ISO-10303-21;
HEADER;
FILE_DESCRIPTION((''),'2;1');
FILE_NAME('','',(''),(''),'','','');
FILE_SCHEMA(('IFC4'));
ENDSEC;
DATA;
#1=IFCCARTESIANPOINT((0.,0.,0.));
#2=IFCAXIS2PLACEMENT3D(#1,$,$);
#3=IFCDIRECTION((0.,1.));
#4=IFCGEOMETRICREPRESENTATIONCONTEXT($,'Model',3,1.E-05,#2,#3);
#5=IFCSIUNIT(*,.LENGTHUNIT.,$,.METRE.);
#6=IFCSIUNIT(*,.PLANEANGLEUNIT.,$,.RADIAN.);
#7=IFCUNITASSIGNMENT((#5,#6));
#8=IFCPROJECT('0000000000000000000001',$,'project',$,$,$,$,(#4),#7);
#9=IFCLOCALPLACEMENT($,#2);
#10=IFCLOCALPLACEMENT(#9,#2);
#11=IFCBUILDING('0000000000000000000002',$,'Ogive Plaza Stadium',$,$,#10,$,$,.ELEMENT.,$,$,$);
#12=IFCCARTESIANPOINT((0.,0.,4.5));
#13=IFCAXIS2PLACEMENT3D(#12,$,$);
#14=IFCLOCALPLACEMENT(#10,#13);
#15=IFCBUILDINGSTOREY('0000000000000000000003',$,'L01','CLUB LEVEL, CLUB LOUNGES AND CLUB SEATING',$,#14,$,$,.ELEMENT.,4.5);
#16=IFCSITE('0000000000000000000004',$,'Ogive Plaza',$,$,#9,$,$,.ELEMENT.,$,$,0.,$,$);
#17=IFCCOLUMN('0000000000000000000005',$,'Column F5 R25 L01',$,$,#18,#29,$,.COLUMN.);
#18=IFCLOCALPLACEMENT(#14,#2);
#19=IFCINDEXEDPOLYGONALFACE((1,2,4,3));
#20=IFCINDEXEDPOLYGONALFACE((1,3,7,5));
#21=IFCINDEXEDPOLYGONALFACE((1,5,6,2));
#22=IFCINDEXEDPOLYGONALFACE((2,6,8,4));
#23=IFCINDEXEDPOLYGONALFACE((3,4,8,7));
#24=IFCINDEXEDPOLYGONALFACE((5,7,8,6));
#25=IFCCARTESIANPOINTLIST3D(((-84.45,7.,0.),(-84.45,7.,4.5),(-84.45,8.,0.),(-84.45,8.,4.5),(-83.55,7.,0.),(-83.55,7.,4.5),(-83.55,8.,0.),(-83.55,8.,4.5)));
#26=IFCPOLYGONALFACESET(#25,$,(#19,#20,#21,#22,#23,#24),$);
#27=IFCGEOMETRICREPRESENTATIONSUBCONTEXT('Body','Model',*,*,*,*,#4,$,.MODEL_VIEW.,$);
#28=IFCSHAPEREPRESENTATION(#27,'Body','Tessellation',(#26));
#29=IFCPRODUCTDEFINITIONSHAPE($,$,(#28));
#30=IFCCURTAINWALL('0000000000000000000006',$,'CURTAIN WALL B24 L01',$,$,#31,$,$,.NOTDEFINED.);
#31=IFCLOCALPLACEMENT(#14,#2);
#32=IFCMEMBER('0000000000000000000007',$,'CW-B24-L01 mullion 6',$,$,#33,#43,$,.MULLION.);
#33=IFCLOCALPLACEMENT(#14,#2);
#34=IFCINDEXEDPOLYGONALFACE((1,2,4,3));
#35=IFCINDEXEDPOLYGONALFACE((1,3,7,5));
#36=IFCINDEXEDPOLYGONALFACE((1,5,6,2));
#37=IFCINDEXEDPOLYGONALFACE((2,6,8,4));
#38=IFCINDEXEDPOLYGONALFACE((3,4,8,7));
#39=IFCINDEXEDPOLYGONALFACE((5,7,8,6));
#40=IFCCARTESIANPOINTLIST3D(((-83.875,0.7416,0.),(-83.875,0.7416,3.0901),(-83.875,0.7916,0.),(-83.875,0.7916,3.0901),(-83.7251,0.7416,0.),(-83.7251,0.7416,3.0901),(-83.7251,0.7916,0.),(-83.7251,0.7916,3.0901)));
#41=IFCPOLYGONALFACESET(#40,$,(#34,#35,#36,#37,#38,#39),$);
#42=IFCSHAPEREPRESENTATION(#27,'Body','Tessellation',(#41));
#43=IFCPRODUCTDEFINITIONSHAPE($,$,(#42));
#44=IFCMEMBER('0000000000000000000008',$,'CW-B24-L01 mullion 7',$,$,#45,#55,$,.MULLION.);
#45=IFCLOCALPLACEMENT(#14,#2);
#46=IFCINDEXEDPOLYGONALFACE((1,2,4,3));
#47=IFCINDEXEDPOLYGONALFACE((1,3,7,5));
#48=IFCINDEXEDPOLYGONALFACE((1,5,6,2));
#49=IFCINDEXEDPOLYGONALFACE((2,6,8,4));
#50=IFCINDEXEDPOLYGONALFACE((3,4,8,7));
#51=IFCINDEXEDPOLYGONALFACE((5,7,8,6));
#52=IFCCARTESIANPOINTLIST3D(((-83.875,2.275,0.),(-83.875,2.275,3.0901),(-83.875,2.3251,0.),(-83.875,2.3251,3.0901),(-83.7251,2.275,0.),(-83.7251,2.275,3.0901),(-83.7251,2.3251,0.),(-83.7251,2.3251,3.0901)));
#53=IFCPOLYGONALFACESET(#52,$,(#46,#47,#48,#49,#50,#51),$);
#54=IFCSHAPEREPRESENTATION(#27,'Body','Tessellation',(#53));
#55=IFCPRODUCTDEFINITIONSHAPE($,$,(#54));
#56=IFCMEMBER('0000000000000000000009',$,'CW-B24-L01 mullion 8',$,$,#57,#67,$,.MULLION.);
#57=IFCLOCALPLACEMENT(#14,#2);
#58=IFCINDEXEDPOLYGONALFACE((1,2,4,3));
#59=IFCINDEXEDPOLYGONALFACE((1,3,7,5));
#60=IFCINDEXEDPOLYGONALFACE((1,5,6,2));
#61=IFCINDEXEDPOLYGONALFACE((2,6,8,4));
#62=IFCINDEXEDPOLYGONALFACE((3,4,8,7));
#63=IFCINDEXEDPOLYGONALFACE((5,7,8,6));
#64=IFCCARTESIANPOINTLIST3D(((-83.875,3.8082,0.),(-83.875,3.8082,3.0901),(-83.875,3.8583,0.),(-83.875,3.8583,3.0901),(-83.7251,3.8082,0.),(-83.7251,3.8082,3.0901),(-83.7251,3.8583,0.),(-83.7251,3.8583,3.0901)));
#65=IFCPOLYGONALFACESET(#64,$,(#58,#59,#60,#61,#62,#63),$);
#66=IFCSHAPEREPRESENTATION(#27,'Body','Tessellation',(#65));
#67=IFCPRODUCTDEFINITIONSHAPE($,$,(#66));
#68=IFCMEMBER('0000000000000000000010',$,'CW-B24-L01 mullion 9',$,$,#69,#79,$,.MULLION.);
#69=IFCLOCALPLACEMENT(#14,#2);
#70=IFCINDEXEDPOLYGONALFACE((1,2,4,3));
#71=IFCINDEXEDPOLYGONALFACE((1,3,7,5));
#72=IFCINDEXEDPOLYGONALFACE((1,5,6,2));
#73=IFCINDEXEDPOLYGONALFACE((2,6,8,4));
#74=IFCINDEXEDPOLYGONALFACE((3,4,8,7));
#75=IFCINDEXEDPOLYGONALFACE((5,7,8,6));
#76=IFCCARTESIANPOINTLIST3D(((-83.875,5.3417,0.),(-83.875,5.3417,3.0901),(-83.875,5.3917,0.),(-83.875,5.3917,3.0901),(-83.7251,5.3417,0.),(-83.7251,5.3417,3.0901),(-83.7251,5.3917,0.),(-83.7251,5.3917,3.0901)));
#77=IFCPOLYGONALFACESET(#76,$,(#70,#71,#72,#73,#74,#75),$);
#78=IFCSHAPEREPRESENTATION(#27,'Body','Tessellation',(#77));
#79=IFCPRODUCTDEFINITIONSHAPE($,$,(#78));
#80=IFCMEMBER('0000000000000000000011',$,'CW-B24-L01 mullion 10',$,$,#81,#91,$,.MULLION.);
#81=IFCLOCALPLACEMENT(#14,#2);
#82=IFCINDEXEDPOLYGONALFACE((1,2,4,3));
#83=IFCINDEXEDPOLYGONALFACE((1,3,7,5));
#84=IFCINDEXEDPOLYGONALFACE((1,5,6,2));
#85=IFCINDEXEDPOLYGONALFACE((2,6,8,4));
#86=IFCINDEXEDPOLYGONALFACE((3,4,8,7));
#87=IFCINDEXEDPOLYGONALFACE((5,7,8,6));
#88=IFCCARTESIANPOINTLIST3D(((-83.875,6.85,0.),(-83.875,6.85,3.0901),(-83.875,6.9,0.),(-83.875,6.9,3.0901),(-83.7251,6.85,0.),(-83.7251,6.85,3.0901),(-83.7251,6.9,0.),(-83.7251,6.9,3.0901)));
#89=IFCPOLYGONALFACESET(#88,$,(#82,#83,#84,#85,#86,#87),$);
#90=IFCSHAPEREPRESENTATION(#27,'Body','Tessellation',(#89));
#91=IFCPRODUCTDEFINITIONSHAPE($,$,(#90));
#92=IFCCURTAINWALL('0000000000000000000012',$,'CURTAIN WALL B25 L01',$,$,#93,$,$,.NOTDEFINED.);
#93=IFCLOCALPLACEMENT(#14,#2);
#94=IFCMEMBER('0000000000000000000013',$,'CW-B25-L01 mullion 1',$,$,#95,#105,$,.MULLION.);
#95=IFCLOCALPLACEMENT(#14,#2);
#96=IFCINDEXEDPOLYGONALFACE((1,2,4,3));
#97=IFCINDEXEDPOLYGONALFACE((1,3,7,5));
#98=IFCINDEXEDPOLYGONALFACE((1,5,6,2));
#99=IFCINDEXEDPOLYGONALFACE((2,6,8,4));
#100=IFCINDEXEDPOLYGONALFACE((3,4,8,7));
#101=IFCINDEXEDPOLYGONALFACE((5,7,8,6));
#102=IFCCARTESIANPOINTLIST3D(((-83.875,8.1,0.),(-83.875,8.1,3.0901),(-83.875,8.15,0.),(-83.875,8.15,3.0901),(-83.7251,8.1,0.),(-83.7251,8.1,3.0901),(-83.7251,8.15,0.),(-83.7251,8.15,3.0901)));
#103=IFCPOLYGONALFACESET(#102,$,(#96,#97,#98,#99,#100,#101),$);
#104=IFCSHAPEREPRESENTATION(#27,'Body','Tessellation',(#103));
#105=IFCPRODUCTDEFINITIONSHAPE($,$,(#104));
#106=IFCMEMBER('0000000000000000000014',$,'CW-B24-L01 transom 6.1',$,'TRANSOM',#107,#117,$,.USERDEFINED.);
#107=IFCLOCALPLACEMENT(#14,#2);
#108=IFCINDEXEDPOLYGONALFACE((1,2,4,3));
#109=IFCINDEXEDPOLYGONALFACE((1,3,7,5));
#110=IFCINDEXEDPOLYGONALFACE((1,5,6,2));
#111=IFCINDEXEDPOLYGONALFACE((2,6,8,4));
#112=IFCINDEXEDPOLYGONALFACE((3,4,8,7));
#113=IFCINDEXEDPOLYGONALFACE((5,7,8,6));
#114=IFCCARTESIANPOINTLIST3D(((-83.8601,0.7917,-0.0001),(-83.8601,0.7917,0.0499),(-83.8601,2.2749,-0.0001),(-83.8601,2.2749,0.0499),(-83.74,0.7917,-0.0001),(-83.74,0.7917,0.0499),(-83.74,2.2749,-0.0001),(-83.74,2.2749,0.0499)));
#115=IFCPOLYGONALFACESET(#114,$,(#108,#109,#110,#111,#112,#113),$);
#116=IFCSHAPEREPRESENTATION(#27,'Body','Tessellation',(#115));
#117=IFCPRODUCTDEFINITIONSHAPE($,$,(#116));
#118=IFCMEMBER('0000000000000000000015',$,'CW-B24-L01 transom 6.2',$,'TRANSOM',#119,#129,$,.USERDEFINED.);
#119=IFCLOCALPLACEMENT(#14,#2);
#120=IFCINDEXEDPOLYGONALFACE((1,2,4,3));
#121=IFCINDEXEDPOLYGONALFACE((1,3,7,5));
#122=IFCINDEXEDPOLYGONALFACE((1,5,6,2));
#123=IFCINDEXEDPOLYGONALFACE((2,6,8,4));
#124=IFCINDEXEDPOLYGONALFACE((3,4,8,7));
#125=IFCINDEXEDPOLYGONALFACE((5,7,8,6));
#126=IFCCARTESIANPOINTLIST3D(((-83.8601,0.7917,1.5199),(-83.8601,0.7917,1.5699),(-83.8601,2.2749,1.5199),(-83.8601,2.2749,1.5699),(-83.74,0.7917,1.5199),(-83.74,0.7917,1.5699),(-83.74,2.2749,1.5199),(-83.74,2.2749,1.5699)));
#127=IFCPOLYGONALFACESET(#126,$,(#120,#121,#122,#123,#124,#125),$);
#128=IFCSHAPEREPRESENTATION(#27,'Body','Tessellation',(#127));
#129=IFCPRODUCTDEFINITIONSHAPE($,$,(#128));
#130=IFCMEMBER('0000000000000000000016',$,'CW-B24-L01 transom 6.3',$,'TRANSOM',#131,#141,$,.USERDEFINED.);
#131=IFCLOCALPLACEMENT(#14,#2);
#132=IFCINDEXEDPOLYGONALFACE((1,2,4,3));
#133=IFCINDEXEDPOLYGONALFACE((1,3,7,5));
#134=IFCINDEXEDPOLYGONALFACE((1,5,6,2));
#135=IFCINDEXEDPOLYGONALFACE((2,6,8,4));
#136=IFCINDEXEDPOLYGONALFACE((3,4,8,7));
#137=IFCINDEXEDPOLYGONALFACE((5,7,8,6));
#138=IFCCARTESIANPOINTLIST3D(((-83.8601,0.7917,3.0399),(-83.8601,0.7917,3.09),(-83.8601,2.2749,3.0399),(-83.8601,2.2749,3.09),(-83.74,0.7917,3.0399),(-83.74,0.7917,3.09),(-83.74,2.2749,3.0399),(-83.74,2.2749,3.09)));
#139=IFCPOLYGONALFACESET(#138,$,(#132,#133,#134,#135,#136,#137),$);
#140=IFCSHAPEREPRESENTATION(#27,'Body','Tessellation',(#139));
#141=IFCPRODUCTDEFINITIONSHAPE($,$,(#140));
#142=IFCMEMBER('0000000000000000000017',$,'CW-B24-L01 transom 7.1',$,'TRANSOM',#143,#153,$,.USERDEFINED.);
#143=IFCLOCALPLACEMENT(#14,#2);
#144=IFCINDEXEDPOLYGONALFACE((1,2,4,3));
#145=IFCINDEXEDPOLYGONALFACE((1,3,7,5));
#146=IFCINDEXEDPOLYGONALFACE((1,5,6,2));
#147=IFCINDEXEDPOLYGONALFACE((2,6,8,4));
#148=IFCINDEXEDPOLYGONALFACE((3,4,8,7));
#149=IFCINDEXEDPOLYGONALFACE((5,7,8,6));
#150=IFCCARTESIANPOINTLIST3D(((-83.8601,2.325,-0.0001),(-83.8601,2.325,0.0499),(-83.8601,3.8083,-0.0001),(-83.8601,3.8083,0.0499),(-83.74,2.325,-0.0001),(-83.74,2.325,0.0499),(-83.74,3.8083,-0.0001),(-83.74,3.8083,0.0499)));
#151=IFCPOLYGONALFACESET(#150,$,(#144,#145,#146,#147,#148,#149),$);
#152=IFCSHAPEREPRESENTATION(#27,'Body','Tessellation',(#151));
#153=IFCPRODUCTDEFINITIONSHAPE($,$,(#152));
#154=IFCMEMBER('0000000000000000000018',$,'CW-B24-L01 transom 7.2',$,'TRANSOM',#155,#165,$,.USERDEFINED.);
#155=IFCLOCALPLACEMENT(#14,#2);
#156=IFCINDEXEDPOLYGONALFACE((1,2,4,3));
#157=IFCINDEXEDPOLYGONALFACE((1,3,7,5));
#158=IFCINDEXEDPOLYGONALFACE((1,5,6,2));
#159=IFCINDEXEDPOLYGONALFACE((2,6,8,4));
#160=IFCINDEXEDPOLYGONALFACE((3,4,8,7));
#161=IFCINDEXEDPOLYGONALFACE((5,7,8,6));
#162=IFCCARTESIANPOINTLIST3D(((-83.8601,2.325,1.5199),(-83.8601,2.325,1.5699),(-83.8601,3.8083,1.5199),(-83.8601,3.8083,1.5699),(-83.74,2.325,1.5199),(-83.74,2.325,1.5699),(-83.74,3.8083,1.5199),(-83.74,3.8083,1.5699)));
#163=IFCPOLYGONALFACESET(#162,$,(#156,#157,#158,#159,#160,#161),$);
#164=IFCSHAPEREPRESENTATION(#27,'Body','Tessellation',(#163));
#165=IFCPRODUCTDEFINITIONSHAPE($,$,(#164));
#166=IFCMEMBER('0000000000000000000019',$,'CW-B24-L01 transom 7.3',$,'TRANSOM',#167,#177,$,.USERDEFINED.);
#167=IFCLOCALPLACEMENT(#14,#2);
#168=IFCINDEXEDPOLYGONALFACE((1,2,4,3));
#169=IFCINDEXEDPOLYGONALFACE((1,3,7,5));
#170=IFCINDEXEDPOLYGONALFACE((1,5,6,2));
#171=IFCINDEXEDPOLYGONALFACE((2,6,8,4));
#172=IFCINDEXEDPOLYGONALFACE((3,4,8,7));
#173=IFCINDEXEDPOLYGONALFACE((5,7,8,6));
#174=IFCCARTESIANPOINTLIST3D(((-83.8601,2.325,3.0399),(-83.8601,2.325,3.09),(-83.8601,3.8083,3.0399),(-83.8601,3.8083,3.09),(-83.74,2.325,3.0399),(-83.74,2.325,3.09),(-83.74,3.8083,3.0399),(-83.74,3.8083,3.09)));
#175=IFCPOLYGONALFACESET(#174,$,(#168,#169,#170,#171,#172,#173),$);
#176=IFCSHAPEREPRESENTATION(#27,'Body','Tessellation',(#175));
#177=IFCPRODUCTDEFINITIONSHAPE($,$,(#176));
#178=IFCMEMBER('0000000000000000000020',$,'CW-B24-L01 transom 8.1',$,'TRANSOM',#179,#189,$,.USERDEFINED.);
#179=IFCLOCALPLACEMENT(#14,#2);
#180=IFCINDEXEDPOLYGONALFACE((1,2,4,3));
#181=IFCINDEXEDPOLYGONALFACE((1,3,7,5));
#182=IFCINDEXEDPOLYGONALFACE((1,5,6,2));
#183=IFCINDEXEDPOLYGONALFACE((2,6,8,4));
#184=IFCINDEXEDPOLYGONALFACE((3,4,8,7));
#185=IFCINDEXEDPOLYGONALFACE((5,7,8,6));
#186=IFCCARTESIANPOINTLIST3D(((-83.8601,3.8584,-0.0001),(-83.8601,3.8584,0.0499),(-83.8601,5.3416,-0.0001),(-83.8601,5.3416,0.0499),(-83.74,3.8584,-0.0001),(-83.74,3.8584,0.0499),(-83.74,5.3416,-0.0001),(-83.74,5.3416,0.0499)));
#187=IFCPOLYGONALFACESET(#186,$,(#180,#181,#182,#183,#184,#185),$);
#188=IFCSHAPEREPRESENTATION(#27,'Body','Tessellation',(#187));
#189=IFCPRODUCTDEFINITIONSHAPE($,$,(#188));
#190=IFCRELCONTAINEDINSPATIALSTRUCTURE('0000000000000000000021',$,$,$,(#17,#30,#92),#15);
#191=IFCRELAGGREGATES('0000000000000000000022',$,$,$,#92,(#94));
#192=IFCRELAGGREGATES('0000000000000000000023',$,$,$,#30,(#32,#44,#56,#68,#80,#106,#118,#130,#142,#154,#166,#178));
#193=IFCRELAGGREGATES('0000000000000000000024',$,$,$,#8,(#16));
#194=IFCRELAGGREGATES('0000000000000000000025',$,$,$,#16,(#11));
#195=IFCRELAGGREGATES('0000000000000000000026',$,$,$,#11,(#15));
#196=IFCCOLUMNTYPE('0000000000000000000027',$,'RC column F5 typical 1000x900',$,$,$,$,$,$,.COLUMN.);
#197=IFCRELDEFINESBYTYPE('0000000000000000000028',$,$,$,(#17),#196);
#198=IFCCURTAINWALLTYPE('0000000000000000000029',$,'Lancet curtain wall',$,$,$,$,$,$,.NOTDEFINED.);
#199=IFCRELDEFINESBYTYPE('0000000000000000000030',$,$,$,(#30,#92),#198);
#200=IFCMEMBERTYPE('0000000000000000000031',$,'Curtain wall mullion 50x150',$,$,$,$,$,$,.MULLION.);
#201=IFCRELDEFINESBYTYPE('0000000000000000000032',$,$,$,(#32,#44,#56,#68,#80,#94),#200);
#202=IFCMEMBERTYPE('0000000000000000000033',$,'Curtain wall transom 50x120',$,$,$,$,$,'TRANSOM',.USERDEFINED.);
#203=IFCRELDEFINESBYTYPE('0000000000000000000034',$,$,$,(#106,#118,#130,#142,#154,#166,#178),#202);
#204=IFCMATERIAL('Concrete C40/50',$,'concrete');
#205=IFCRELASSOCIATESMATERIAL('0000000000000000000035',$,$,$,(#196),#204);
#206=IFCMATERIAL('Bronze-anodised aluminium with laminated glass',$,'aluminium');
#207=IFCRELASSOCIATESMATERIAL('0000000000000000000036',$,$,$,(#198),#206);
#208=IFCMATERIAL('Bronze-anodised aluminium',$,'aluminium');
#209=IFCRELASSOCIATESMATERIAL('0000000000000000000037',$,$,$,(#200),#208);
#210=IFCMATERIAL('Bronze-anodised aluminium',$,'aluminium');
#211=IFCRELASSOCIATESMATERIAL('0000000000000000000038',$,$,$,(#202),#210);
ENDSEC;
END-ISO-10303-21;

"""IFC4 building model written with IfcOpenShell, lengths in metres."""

from ifc_helpers import new_model, si_unit, direction, frame, origin, origin_2d, place, context, subcontext, project, spatial, rectangle, extrude, material, material_profile, profile_set, type_object, element, aggregate, save


model = new_model("IFC4")

# Units and contexts
model_context = context("Model", 3, precision=1e-05, world=origin(), true_north=direction((0.0, 1.0)))
body_context = subcontext(model_context, "Body", "Model", "MODEL_VIEW")
ifc_project = project(units=[si_unit("LENGTHUNIT", "METRE"), si_unit("PLANEANGLEUNIT", "RADIAN")], contexts=[model_context])

# Site, building, storey
site_placement = place(None, origin())
site = spatial("IfcSite", under=ifc_project, at=site_placement, Name="Ogive Plaza", CompositionType="ELEMENT", RefElevation=0.0)
building_placement = place(site_placement, origin())
building = spatial("IfcBuilding", under=site, at=building_placement, Name="Ogive Plaza Stadium", CompositionType="ELEMENT")
storey_placement = place(building_placement, frame((0.0, 0.0, 4.5)))
storey = spatial("IfcBuildingStorey", under=building, at=storey_placement, Name="L01", Description="CLUB LEVEL, CLUB LOUNGES AND CLUB SEATING", CompositionType="ELEMENT", Elevation=4.5)

# Column
ifc_material_1 = material(Name="Concrete C40/50", Category="concrete")
ifc_material_profile_1 = material_profile(ifc_material_1, rectangle(XDim=1.0, YDim=0.8999, at=origin_2d()), Name="RC 1000x900")
ifc_profile_set_1 = profile_set([ifc_material_profile_1], Name="Concrete C40/50")
column_type = type_object("IfcColumnType", Name="RC column F5 typical 1000x900", PredefinedType="COLUMN", material=ifc_profile_set_1)
column_placement = place(storey_placement, frame((-84.0, 7.5, 0.0), z_axis=(0.0, 0.0, 1.0), x_axis=(0.0, -1.0, 0.0)))
element("IfcColumn", 1, at=column_placement, inside=storey, type_object=column_type, Name="Column F5 R25 L01", PredefinedType="COLUMN", context=body_context, shape_type="SweptSolid", body=[
    extrude(rectangle(XDim=1.0, YDim=0.8999, at=origin_2d()), origin(), (0.0, 0.0, 1.0), 4.5),
])

# Curtain wall, members
ifc_material_2 = material(Name="Bronze-anodised aluminium with laminated glass", Category="aluminium")
curtain_wall_type = type_object("IfcCurtainWallType", Name="Lancet curtain wall", PredefinedType="NOTDEFINED", material=ifc_material_2)
curtain_wall_1_placement = place(storey_placement, origin())
curtain_wall_1 = element("IfcCurtainWall", 2, at=curtain_wall_1_placement, inside=storey, type_object=curtain_wall_type, Name="CURTAIN WALL B24 L01", PredefinedType="NOTDEFINED")
ifc_material_3 = material(Name="Bronze-anodised aluminium", Category="aluminium")
ifc_material_profile_2 = material_profile(ifc_material_3, rectangle(XDim=0.1499, YDim=0.05, at=origin_2d()), Name="AL 150x50")
ifc_profile_set_2 = profile_set([ifc_material_profile_2], Name="Bronze-anodised aluminium")
member_type_1 = type_object("IfcMemberType", Name="Curtain wall mullion 50x150", PredefinedType="MULLION", material=ifc_profile_set_2)
member_1_placement = place(storey_placement, frame((-83.8, 0.7666, 0.0), z_axis=(0.0, 0.0, 1.0), x_axis=(-1.0, 0.0, 0.0)))
member_1 = element("IfcMember", 3, at=member_1_placement, type_object=member_type_1, Name="CW-B24-L01 mullion 6", PredefinedType="MULLION", context=body_context, shape_type="SweptSolid", body=[
    extrude(rectangle(XDim=0.1499, YDim=0.05, at=origin_2d()), origin(), (0.0, 0.0, 1.0), 3.0901),
])
member_2_placement = place(storey_placement, frame((-83.8, 2.3, 0.0), z_axis=(0.0, 0.0, 1.0), x_axis=(-1.0, 0.0, 0.0)))
member_2 = element("IfcMember", 4, at=member_2_placement, type_object=member_type_1, Name="CW-B24-L01 mullion 7", PredefinedType="MULLION", context=body_context, shape_type="SweptSolid", body=[
    extrude(rectangle(XDim=0.1499, YDim=0.05, at=origin_2d()), origin(), (0.0, 0.0, 1.0), 3.0901),
])
member_3_placement = place(storey_placement, frame((-83.8, 3.8333, 0.0), z_axis=(0.0, 0.0, 1.0), x_axis=(-1.0, 0.0, 0.0)))
member_3 = element("IfcMember", 5, at=member_3_placement, type_object=member_type_1, Name="CW-B24-L01 mullion 8", PredefinedType="MULLION", context=body_context, shape_type="SweptSolid", body=[
    extrude(rectangle(XDim=0.1499, YDim=0.05, at=origin_2d()), origin(), (0.0, 0.0, 1.0), 3.0901),
])
member_4_placement = place(storey_placement, frame((-83.8, 5.3667, 0.0), z_axis=(0.0, 0.0, 1.0), x_axis=(-1.0, 0.0, 0.0)))
member_4 = element("IfcMember", 6, at=member_4_placement, type_object=member_type_1, Name="CW-B24-L01 mullion 9", PredefinedType="MULLION", context=body_context, shape_type="SweptSolid", body=[
    extrude(rectangle(XDim=0.1499, YDim=0.05, at=origin_2d()), origin(), (0.0, 0.0, 1.0), 3.0901),
])
member_5_placement = place(storey_placement, frame((-83.8, 6.875, 0.0), z_axis=(0.0, 0.0, 1.0), x_axis=(-1.0, 0.0, 0.0)))
member_5 = element("IfcMember", 7, at=member_5_placement, type_object=member_type_1, Name="CW-B24-L01 mullion 10", PredefinedType="MULLION", context=body_context, shape_type="SweptSolid", body=[
    extrude(rectangle(XDim=0.1499, YDim=0.05, at=origin_2d()), origin(), (0.0, 0.0, 1.0), 3.0901),
])

# Curtain wall, member
curtain_wall_2_placement = place(storey_placement, origin())
curtain_wall_2 = element("IfcCurtainWall", 8, at=curtain_wall_2_placement, inside=storey, type_object=curtain_wall_type, Name="CURTAIN WALL B25 L01", PredefinedType="NOTDEFINED")
member_6_placement = place(storey_placement, frame((-83.8, 8.125, 0.0), z_axis=(0.0, 0.0, 1.0), x_axis=(-1.0, 0.0, 0.0)))
member_6 = element("IfcMember", 9, at=member_6_placement, type_object=member_type_1, Name="CW-B25-L01 mullion 1", PredefinedType="MULLION", context=body_context, shape_type="SweptSolid", body=[
    extrude(rectangle(XDim=0.1499, YDim=0.05, at=origin_2d()), origin(), (0.0, 0.0, 1.0), 3.0901),
])

# Members
ifc_material_4 = material(Name="Bronze-anodised aluminium", Category="aluminium")
ifc_material_profile_3 = material_profile(ifc_material_4, rectangle(XDim=0.1201, YDim=0.05, at=origin_2d()), Name="AL 120x50")
ifc_profile_set_3 = profile_set([ifc_material_profile_3], Name="Bronze-anodised aluminium")
member_type_2 = type_object("IfcMemberType", Name="Curtain wall transom 50x120", ElementType="TRANSOM", PredefinedType="USERDEFINED", material=ifc_profile_set_3)
member_7_placement = place(storey_placement, frame((-83.8, 0.7917, 0.0249), z_axis=(0.0, 1.0, 0.0), x_axis=(-1.0, 0.0, 0.0)))
member_7 = element("IfcMember", 10, at=member_7_placement, type_object=member_type_2, Name="CW-B24-L01 transom 6.1", ObjectType="TRANSOM", PredefinedType="USERDEFINED", context=body_context, shape_type="SweptSolid", body=[
    extrude(rectangle(XDim=0.1201, YDim=0.05, at=origin_2d()), origin(), (0.0, 0.0, 1.0), 1.4832),
])
member_8_placement = place(storey_placement, frame((-83.8, 0.7917, 1.5449), z_axis=(0.0, 1.0, 0.0), x_axis=(-1.0, 0.0, 0.0)))
member_8 = element("IfcMember", 11, at=member_8_placement, type_object=member_type_2, Name="CW-B24-L01 transom 6.2", ObjectType="TRANSOM", PredefinedType="USERDEFINED", context=body_context, shape_type="SweptSolid", body=[
    extrude(rectangle(XDim=0.1201, YDim=0.05, at=origin_2d()), origin(), (0.0, 0.0, 1.0), 1.4832),
])
member_9_placement = place(storey_placement, frame((-83.8, 0.7917, 3.0649), z_axis=(0.0, 1.0, 0.0), x_axis=(-1.0, 0.0, 0.0)))
member_9 = element("IfcMember", 12, at=member_9_placement, type_object=member_type_2, Name="CW-B24-L01 transom 6.3", ObjectType="TRANSOM", PredefinedType="USERDEFINED", context=body_context, shape_type="SweptSolid", body=[
    extrude(rectangle(XDim=0.1201, YDim=0.05, at=origin_2d()), origin(), (0.0, 0.0, 1.0), 1.4832),
])
member_10_placement = place(storey_placement, frame((-83.8, 2.325, 0.0249), z_axis=(0.0, 1.0, 0.0), x_axis=(-1.0, 0.0, 0.0)))
member_10 = element("IfcMember", 13, at=member_10_placement, type_object=member_type_2, Name="CW-B24-L01 transom 7.1", ObjectType="TRANSOM", PredefinedType="USERDEFINED", context=body_context, shape_type="SweptSolid", body=[
    extrude(rectangle(XDim=0.1201, YDim=0.05, at=origin_2d()), origin(), (0.0, 0.0, 1.0), 1.4834),
])
member_11_placement = place(storey_placement, frame((-83.8, 2.325, 1.5449), z_axis=(0.0, 1.0, 0.0), x_axis=(-1.0, 0.0, 0.0)))
member_11 = element("IfcMember", 14, at=member_11_placement, type_object=member_type_2, Name="CW-B24-L01 transom 7.2", ObjectType="TRANSOM", PredefinedType="USERDEFINED", context=body_context, shape_type="SweptSolid", body=[
    extrude(rectangle(XDim=0.1201, YDim=0.05, at=origin_2d()), origin(), (0.0, 0.0, 1.0), 1.4834),
])
member_12_placement = place(storey_placement, frame((-83.8, 2.325, 3.0649), z_axis=(0.0, 1.0, 0.0), x_axis=(-1.0, 0.0, 0.0)))
member_12 = element("IfcMember", 15, at=member_12_placement, type_object=member_type_2, Name="CW-B24-L01 transom 7.3", ObjectType="TRANSOM", PredefinedType="USERDEFINED", context=body_context, shape_type="SweptSolid", body=[
    extrude(rectangle(XDim=0.1201, YDim=0.05, at=origin_2d()), origin(), (0.0, 0.0, 1.0), 1.4834),
])
member_13_placement = place(storey_placement, frame((-83.8, 3.8584, 0.0249), z_axis=(0.0, 1.0, 0.0), x_axis=(-1.0, 0.0, 0.0)))
member_13 = element("IfcMember", 16, at=member_13_placement, type_object=member_type_2, Name="CW-B24-L01 transom 8.1", ObjectType="TRANSOM", PredefinedType="USERDEFINED", context=body_context, shape_type="SweptSolid", body=[
    extrude(rectangle(XDim=0.1201, YDim=0.05, at=origin_2d()), origin(), (0.0, 0.0, 1.0), 1.4832),
])
aggregate(curtain_wall_2, [member_6])

aggregate(curtain_wall_1, [member_1, member_2, member_3, member_4, member_5, member_7, member_8, member_9, member_10, member_11, member_12, member_13])

save(model, "model.ifc")
